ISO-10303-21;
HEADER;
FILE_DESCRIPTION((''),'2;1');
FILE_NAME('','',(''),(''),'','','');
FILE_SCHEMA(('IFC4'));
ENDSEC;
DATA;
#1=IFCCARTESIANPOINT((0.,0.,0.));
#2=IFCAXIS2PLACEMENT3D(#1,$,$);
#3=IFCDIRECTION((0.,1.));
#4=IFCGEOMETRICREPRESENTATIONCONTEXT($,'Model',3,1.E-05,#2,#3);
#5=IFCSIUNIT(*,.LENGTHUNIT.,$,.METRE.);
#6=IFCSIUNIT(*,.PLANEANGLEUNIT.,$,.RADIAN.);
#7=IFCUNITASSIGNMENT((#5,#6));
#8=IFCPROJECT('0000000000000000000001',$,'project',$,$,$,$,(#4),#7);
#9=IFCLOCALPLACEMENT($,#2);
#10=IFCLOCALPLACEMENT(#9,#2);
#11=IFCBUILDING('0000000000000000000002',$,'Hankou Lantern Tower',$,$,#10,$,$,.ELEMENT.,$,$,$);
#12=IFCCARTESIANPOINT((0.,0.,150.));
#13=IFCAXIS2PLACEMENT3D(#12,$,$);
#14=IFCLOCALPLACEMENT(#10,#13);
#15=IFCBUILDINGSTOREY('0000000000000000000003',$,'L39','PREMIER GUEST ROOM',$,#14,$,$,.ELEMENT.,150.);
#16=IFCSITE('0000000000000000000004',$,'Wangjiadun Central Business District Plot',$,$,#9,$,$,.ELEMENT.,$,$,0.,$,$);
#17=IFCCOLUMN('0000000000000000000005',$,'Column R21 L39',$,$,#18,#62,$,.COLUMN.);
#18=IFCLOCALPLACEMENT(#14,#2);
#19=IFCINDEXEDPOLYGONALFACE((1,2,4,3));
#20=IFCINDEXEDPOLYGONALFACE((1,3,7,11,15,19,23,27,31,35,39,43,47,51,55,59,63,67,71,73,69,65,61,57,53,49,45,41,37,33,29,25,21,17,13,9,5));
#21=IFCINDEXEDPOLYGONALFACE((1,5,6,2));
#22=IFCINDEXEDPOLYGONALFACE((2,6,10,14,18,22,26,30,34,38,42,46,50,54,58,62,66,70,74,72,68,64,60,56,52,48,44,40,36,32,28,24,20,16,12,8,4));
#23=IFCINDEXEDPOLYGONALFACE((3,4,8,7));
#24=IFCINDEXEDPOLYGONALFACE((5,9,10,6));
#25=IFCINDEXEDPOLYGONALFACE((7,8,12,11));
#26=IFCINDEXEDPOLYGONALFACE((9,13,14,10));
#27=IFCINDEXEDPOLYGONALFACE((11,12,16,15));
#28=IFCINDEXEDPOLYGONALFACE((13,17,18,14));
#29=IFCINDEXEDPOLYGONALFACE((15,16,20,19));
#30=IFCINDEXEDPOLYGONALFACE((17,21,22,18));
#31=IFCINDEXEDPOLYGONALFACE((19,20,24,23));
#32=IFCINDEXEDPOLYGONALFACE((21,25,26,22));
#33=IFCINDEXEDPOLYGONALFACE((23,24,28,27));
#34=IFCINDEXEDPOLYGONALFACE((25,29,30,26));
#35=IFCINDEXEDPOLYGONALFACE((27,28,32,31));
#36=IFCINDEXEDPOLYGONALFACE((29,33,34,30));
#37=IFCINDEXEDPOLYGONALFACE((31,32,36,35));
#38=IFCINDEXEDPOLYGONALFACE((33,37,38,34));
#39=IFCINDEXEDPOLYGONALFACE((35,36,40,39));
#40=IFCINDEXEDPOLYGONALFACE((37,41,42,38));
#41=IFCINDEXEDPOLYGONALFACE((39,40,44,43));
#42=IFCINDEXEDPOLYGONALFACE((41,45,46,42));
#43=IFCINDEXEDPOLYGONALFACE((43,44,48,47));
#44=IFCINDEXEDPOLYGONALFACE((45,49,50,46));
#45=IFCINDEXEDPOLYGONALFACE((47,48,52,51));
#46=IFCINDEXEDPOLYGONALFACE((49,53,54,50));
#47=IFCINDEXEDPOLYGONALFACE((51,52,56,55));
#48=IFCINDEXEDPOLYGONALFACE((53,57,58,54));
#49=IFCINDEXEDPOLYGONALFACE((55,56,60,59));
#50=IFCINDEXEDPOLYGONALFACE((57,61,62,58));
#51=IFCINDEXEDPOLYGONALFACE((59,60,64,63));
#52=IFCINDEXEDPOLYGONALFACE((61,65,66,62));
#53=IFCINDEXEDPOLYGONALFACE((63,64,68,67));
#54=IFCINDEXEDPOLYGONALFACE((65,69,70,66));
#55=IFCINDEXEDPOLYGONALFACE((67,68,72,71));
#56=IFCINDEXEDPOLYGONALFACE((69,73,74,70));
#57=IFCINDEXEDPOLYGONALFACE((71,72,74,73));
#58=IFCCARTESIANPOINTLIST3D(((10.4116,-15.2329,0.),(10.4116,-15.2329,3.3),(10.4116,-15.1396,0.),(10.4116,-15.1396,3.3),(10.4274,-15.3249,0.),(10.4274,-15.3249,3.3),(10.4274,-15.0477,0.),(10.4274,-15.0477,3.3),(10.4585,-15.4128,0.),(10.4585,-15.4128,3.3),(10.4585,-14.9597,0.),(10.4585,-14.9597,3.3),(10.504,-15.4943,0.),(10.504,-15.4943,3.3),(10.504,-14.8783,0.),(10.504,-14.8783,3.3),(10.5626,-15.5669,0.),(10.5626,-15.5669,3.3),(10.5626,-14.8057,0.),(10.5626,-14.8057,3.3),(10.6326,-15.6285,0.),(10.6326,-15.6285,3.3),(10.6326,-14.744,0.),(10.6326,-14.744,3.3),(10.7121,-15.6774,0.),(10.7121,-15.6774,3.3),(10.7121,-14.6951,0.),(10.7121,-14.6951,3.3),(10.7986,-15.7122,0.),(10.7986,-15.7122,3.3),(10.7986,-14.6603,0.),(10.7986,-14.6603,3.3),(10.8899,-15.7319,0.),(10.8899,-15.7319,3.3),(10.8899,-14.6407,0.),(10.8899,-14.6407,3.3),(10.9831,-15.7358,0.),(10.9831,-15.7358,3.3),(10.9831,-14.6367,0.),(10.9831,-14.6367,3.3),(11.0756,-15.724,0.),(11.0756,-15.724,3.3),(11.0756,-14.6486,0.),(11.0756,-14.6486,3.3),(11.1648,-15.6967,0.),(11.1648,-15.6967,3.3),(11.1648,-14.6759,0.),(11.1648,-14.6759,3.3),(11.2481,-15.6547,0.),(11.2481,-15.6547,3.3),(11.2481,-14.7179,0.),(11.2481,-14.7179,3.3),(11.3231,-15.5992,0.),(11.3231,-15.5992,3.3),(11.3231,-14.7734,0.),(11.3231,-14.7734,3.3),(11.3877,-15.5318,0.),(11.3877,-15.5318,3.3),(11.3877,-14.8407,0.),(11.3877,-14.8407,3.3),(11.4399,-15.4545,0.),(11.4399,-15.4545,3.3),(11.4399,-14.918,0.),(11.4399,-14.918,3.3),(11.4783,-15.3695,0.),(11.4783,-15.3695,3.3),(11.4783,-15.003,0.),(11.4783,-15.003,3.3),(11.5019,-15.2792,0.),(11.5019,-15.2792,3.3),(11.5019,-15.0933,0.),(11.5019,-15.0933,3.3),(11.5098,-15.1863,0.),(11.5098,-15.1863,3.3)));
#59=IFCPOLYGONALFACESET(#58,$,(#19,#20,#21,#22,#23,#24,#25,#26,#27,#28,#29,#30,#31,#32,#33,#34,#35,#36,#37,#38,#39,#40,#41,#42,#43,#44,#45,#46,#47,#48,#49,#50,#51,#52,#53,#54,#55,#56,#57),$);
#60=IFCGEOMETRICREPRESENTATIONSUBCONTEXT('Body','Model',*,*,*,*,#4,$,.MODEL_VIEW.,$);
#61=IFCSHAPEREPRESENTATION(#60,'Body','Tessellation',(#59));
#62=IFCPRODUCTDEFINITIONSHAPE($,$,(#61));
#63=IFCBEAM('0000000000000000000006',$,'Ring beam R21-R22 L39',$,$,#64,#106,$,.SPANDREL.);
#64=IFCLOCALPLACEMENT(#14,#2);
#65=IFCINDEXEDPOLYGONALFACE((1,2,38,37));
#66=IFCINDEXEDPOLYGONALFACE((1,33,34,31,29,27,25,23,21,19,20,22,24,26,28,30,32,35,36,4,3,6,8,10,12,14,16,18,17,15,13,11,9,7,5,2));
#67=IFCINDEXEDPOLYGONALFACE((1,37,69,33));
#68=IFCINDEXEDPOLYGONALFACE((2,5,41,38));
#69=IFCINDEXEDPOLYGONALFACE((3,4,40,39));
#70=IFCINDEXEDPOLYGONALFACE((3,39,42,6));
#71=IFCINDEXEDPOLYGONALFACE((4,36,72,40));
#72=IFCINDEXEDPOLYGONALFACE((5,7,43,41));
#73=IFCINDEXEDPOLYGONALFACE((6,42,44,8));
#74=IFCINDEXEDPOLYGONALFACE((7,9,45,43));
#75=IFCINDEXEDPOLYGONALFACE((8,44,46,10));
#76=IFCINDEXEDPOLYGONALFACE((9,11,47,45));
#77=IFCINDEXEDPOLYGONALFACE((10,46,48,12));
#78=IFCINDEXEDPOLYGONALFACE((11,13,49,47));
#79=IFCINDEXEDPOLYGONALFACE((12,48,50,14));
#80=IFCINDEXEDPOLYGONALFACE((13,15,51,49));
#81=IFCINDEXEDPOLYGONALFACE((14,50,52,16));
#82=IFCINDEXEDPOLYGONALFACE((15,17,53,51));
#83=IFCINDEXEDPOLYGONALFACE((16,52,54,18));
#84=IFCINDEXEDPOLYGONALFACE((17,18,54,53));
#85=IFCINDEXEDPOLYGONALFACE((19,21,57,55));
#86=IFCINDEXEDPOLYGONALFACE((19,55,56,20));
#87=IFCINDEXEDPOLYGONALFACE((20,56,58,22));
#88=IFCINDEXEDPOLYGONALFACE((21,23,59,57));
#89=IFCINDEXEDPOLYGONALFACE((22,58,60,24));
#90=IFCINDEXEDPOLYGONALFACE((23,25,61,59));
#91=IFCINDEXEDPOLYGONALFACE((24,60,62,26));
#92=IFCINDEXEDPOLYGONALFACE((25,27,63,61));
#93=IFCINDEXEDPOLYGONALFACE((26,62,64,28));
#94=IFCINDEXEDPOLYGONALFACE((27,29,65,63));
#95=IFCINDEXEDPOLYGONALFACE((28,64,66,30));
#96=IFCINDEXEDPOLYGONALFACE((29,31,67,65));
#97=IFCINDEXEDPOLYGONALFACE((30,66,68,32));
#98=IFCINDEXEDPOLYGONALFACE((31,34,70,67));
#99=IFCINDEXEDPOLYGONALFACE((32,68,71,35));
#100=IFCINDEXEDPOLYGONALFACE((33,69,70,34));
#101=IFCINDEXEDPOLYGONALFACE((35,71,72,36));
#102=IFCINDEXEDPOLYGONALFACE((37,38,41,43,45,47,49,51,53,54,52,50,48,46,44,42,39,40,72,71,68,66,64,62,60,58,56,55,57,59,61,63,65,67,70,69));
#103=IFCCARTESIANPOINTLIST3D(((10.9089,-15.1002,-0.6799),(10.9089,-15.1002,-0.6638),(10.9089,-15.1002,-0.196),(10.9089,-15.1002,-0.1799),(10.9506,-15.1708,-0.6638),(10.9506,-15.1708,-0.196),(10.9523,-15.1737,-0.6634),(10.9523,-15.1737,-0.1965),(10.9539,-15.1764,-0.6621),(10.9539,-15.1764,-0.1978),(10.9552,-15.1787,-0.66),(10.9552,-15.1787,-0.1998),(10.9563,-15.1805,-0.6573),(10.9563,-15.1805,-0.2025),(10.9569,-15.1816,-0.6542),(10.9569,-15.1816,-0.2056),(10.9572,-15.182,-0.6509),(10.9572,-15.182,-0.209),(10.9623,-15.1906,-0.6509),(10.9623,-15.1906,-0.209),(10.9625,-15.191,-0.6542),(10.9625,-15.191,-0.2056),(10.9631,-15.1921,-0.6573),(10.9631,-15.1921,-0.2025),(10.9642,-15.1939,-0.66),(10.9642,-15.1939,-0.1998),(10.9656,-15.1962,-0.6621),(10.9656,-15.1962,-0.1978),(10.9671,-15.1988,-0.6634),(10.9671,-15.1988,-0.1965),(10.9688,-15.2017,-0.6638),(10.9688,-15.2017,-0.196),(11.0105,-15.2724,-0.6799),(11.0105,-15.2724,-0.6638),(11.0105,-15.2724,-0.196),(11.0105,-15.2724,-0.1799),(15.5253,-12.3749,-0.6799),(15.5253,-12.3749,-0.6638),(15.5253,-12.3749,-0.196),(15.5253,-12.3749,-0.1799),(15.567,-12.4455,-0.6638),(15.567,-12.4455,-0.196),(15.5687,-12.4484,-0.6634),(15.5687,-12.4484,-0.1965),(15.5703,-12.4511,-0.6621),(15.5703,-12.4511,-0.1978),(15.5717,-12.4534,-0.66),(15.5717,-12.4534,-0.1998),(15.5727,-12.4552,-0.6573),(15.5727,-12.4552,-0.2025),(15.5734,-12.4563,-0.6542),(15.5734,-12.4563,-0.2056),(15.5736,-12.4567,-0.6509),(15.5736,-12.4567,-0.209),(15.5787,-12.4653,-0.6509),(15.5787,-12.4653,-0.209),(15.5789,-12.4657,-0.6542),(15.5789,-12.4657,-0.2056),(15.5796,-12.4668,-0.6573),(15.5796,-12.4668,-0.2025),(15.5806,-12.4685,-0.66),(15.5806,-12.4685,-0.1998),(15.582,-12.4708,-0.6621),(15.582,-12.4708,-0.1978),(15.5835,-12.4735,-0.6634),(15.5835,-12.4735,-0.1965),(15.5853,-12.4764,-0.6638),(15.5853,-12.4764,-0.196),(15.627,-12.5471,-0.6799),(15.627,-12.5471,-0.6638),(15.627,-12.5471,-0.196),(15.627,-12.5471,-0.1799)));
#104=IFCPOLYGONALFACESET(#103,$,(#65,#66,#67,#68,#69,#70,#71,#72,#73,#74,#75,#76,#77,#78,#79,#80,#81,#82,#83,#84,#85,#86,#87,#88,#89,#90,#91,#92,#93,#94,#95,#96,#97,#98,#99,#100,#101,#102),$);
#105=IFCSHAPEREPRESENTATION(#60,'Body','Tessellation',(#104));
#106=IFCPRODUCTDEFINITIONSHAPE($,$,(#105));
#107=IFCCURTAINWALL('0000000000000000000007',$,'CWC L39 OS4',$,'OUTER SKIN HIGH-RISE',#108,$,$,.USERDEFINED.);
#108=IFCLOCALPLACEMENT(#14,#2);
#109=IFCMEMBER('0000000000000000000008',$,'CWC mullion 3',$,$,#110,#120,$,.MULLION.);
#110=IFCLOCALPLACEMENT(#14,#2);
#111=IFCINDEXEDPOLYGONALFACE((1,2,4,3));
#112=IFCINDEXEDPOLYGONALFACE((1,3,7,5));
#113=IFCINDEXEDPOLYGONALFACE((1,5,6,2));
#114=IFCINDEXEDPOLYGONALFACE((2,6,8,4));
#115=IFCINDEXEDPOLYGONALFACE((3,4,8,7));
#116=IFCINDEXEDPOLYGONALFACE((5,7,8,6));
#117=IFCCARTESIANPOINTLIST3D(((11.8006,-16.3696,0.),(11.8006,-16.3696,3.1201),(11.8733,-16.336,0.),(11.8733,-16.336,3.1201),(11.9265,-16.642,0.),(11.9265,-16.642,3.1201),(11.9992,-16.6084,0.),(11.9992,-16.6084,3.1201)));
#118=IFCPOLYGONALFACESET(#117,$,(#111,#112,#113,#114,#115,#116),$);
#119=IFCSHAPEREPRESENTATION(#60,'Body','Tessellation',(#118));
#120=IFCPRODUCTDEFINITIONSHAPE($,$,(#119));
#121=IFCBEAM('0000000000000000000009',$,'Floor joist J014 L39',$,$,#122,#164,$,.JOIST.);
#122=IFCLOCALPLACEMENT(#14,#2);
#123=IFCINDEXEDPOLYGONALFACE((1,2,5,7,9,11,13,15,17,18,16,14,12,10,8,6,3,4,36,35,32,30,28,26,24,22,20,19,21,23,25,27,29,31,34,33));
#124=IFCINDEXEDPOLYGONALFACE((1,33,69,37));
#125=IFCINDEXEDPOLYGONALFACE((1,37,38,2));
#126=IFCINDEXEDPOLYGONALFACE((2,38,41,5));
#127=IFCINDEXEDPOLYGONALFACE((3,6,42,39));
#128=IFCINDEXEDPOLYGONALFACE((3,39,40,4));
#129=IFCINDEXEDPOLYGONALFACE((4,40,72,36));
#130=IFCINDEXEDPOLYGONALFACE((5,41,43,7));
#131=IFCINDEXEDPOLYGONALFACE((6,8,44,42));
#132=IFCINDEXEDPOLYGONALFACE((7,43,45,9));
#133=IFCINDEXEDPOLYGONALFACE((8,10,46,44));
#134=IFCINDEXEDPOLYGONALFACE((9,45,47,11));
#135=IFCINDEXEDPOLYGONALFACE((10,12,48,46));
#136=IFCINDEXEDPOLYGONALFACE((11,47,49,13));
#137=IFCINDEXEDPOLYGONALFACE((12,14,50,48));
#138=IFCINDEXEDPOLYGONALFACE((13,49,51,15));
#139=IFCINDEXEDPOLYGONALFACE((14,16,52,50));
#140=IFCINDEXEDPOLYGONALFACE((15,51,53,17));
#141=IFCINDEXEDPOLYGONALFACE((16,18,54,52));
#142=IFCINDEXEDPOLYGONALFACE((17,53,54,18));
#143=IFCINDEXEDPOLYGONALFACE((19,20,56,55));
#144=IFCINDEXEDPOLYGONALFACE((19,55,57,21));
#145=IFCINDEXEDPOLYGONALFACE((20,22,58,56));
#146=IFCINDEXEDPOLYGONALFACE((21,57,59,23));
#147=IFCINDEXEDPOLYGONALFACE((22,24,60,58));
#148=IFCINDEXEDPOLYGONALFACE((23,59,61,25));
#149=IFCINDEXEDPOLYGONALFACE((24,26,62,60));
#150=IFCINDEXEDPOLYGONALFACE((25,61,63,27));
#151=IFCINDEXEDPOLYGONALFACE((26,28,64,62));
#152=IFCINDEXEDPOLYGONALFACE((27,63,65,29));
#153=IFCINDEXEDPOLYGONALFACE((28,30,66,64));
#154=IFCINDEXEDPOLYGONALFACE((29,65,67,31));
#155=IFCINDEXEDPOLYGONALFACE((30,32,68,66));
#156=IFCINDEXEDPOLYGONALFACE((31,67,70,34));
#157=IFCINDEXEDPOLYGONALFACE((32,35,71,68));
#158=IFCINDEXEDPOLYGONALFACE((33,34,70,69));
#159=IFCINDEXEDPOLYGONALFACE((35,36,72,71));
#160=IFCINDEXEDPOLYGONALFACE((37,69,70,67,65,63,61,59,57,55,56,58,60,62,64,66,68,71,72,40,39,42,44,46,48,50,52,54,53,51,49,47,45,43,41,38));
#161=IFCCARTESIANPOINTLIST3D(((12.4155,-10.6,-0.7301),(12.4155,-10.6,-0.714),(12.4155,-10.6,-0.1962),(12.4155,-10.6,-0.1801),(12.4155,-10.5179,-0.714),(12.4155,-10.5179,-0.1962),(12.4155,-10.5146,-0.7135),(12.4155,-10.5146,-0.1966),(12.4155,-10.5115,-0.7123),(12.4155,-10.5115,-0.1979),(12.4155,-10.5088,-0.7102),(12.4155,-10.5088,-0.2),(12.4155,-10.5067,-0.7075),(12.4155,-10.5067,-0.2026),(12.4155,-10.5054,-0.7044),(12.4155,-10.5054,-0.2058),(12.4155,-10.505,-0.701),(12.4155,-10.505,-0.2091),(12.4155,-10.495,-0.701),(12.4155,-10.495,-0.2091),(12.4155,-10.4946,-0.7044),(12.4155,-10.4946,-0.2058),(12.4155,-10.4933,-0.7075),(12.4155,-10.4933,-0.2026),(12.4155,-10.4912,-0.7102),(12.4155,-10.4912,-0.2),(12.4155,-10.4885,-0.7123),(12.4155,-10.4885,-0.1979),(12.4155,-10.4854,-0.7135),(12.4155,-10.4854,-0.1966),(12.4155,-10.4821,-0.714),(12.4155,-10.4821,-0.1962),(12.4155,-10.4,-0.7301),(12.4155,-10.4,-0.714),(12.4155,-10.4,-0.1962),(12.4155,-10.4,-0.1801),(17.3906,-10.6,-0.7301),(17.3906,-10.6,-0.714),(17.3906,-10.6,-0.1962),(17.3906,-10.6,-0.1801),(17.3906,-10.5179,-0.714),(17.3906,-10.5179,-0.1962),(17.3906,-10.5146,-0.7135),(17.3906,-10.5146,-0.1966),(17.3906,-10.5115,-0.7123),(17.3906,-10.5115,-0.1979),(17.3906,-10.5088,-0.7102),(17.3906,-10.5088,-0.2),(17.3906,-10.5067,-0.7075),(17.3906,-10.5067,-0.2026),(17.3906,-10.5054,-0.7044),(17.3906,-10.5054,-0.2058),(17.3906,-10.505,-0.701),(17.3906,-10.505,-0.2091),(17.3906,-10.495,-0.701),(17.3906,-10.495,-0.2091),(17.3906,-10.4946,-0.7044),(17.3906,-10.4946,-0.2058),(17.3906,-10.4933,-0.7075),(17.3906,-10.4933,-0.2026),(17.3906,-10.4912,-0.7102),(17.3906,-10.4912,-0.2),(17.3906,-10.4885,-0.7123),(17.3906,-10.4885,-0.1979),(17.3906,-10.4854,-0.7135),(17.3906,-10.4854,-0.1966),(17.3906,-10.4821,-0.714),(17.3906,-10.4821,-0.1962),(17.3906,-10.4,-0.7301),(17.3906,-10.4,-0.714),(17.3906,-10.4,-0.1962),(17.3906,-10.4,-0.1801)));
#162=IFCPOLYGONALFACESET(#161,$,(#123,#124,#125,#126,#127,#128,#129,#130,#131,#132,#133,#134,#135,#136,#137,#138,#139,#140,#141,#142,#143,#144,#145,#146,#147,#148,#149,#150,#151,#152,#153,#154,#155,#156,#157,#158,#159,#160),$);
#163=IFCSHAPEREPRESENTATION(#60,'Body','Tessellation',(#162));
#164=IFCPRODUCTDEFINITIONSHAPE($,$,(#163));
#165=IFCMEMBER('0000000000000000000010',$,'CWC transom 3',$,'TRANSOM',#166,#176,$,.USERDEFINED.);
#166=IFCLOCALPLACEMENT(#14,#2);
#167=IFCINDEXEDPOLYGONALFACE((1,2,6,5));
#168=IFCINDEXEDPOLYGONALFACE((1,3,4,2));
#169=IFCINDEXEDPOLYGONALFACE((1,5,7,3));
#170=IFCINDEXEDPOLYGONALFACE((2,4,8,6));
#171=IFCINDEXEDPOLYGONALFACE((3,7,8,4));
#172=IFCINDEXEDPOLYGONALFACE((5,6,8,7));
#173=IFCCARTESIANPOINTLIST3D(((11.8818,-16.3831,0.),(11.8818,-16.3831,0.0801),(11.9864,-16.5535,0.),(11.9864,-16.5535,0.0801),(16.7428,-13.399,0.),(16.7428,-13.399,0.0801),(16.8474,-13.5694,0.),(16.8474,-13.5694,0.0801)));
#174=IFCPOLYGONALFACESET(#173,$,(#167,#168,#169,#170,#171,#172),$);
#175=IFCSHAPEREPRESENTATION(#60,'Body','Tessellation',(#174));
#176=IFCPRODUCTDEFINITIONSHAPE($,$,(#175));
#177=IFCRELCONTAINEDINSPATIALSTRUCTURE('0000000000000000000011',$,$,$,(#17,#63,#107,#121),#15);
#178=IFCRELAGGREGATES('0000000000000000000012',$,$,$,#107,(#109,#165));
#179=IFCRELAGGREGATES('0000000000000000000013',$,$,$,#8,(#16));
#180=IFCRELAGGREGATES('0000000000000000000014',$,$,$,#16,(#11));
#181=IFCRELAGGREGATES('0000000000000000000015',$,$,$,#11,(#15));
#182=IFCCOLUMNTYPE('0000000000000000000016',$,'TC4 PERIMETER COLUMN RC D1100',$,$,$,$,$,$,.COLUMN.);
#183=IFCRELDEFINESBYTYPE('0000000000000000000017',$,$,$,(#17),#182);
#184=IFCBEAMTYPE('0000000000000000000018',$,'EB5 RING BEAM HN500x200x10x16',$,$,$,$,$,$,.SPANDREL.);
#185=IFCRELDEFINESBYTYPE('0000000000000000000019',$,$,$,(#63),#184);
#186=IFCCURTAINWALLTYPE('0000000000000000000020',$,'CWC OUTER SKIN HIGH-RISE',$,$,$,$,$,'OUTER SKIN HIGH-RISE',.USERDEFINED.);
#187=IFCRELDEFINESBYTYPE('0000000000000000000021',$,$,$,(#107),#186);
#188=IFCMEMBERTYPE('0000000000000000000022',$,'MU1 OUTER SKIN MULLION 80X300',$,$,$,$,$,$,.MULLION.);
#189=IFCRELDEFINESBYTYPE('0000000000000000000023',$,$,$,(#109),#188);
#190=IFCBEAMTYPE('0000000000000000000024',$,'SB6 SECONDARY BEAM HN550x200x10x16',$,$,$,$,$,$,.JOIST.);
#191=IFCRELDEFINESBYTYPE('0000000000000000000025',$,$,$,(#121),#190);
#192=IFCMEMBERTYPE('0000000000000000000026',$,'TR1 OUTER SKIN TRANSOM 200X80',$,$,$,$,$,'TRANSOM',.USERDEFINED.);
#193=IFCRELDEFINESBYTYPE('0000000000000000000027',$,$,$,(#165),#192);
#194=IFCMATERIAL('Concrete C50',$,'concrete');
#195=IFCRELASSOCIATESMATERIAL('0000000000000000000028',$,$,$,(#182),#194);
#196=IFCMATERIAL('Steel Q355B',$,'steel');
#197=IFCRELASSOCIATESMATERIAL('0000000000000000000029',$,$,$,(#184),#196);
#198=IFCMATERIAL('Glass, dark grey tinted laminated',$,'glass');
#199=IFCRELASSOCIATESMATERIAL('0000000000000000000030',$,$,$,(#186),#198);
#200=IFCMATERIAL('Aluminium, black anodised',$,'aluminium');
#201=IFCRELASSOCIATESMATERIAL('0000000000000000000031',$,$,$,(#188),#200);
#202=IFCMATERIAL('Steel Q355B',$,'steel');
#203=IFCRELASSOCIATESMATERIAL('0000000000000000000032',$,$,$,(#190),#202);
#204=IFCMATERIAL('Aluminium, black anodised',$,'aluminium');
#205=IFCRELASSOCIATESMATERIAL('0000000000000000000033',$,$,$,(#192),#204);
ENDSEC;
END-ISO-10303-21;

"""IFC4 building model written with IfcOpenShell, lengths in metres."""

from ifc_helpers import new_model, si_unit, direction, frame, origin, origin_2d, place, context, subcontext, project, spatial, rectangle, circle, i_section, extrude, material, material_profile, profile_set, type_object, element, aggregate, save


model = new_model("IFC4")

# Units and contexts
model_context = context("Model", 3, precision=1e-05, world=origin(), true_north=direction((0.0, 1.0)))
body_context = subcontext(model_context, "Body", "Model", "MODEL_VIEW")
ifc_project = project(units=[si_unit("LENGTHUNIT", "METRE"), si_unit("PLANEANGLEUNIT", "RADIAN")], contexts=[model_context])

# Site, building, storey
site_placement = place(None, origin())
site = spatial("IfcSite", under=ifc_project, at=site_placement, Name="Wangjiadun Central Business District Plot", CompositionType="ELEMENT", RefElevation=0.0)
building_placement = place(site_placement, origin())
building = spatial("IfcBuilding", under=site, at=building_placement, Name="Hankou Lantern Tower", CompositionType="ELEMENT")
storey_placement = place(building_placement, frame((0.0, 0.0, 150.0)))
storey = spatial("IfcBuildingStorey", under=building, at=storey_placement, Name="L39", Description="PREMIER GUEST ROOM", CompositionType="ELEMENT", Elevation=150.0)

# Column
ifc_material_1 = material(Name="Concrete C50", Category="concrete")
ifc_material_profile_1 = material_profile(ifc_material_1, circle(Radius=0.55, at=origin_2d()), Name="RC D1100")
ifc_profile_set_1 = profile_set([ifc_material_profile_1], Name="Concrete C50")
column_type = type_object("IfcColumnType", Name="TC4 PERIMETER COLUMN RC D1100", PredefinedType="COLUMN", material=ifc_profile_set_1)
column_placement = place(storey_placement, frame((10.9597, -15.1863, 0.0), z_axis=(0.0, 0.0, 1.0), x_axis=(1.0, 0.0, 0.0)))
element("IfcColumn", 1, at=column_placement, inside=storey, type_object=column_type, Name="Column R21 L39", PredefinedType="COLUMN", context=body_context, shape_type="SweptSolid", body=[
    extrude(circle(Radius=0.55, at=origin_2d()), origin(), (0.0, 0.0, 1.0), 3.3),
])

# Beam
ifc_material_2 = material(Name="Steel Q355B", Category="steel")
ifc_material_profile_2 = material_profile(ifc_material_2, i_section(OverallWidth=0.2, OverallDepth=0.5, WebThickness=0.01, FlangeThickness=0.0161, FilletRadius=0.0129, at=origin_2d()), Name="HN500x200x10x16")
ifc_profile_set_2 = profile_set([ifc_material_profile_2], Name="Steel Q355B")
beam_type_1 = type_object("IfcBeamType", Name="EB5 RING BEAM HN500x200x10x16", PredefinedType="SPANDREL", material=ifc_profile_set_2)
beam_1_placement = place(storey_placement, frame((10.9597, -15.1863, -0.4299), z_axis=(0.861136, 0.508375, 0.0), x_axis=(-0.508375, 0.861136, 0.0)))
element("IfcBeam", 2, at=beam_1_placement, inside=storey, type_object=beam_type_1, Name="Ring beam R21-R22 L39", PredefinedType="SPANDREL", context=body_context, shape_type="SweptSolid", body=[
    extrude(i_section(OverallWidth=0.2, OverallDepth=0.5, WebThickness=0.01, FlangeThickness=0.0161, FilletRadius=0.0129, at=origin_2d()), origin(), (0.0, 0.0, 1.0), 5.3608),
])

# Curtain wall, member
ifc_material_3 = material(Name="Glass, dark grey tinted laminated", Category="glass")
curtain_wall_type = type_object("IfcCurtainWallType", Name="CWC OUTER SKIN HIGH-RISE", ElementType="OUTER SKIN HIGH-RISE", PredefinedType="USERDEFINED", material=ifc_material_3)
curtain_wall_placement = place(storey_placement, origin())
curtain_wall = element("IfcCurtainWall", 3, at=curtain_wall_placement, inside=storey, type_object=curtain_wall_type, Name="CWC L39 OS4", ObjectType="OUTER SKIN HIGH-RISE", PredefinedType="USERDEFINED")
ifc_material_4 = material(Name="Aluminium, black anodised", Category="aluminium")
ifc_material_profile_3 = material_profile(ifc_material_4, rectangle(XDim=0.0801, YDim=0.3, at=origin_2d()), Name="MU1 80X300")
ifc_profile_set_3 = profile_set([ifc_material_profile_3], Name="Aluminium, black anodised")
member_type_1 = type_object("IfcMemberType", Name="MU1 OUTER SKIN MULLION 80X300", PredefinedType="MULLION", material=ifc_profile_set_3)
member_1_placement = place(storey_placement, frame((11.8999, -16.489, 0.0), z_axis=(0.0, 0.0, 1.0), x_axis=(0.907841, 0.419314, 0.0)))
member_1 = element("IfcMember", 4, at=member_1_placement, type_object=member_type_1, Name="CWC mullion 3", PredefinedType="MULLION", context=body_context, shape_type="SweptSolid", body=[
    extrude(rectangle(XDim=0.0801, YDim=0.3, at=origin_2d()), origin(), (0.0, 0.0, 1.0), 3.1201),
])

# Beam
ifc_material_5 = material(Name="Steel Q355B", Category="steel")
ifc_material_profile_4 = material_profile(ifc_material_5, i_section(OverallWidth=0.2, OverallDepth=0.55, WebThickness=0.01, FlangeThickness=0.0161, FilletRadius=0.0129, at=origin_2d()), Name="HN550x200x10x16")
ifc_profile_set_4 = profile_set([ifc_material_profile_4], Name="Steel Q355B")
beam_type_2 = type_object("IfcBeamType", Name="SB6 SECONDARY BEAM HN550x200x10x16", PredefinedType="JOIST", material=ifc_profile_set_4)
beam_2_placement = place(storey_placement, frame((12.4155, -10.5, -0.4551), z_axis=(1.0, 0.0, 0.0), x_axis=(0.0, 1.0, 0.0)))
element("IfcBeam", 5, at=beam_2_placement, inside=storey, type_object=beam_type_2, Name="Floor joist J014 L39", PredefinedType="JOIST", context=body_context, shape_type="SweptSolid", body=[
    extrude(i_section(OverallWidth=0.2, OverallDepth=0.55, WebThickness=0.01, FlangeThickness=0.0161, FilletRadius=0.0129, at=origin_2d()), origin(), (0.0, 0.0, 1.0), 4.9751),
])

# Member
ifc_material_6 = material(Name="Aluminium, black anodised", Category="aluminium")
ifc_material_profile_5 = material_profile(ifc_material_6, rectangle(XDim=0.2, YDim=0.0801, at=origin_2d()), Name="TR1 200X80")
ifc_profile_set_5 = profile_set([ifc_material_profile_5], Name="Aluminium, black anodised")
member_type_2 = type_object("IfcMemberType", Name="TR1 OUTER SKIN TRANSOM 200X80", ElementType="TRANSOM", PredefinedType="USERDEFINED", material=ifc_profile_set_5)
member_2_placement = place(storey_placement, frame((11.9341, -16.4683, 0.04), z_axis=(0.852229, 0.523168, 0.0), x_axis=(-0.523168, 0.852229, 0.0)))
member_2 = element("IfcMember", 6, at=member_2_placement, type_object=member_type_2, Name="CWC transom 3", ObjectType="TRANSOM", PredefinedType="USERDEFINED", context=body_context, shape_type="SweptSolid", body=[
    extrude(rectangle(XDim=0.2, YDim=0.0801, at=origin_2d()), origin(), (0.0, 0.0, 1.0), 5.7039),
])

aggregate(curtain_wall, [member_1, member_2])

save(model, "model.ifc")
